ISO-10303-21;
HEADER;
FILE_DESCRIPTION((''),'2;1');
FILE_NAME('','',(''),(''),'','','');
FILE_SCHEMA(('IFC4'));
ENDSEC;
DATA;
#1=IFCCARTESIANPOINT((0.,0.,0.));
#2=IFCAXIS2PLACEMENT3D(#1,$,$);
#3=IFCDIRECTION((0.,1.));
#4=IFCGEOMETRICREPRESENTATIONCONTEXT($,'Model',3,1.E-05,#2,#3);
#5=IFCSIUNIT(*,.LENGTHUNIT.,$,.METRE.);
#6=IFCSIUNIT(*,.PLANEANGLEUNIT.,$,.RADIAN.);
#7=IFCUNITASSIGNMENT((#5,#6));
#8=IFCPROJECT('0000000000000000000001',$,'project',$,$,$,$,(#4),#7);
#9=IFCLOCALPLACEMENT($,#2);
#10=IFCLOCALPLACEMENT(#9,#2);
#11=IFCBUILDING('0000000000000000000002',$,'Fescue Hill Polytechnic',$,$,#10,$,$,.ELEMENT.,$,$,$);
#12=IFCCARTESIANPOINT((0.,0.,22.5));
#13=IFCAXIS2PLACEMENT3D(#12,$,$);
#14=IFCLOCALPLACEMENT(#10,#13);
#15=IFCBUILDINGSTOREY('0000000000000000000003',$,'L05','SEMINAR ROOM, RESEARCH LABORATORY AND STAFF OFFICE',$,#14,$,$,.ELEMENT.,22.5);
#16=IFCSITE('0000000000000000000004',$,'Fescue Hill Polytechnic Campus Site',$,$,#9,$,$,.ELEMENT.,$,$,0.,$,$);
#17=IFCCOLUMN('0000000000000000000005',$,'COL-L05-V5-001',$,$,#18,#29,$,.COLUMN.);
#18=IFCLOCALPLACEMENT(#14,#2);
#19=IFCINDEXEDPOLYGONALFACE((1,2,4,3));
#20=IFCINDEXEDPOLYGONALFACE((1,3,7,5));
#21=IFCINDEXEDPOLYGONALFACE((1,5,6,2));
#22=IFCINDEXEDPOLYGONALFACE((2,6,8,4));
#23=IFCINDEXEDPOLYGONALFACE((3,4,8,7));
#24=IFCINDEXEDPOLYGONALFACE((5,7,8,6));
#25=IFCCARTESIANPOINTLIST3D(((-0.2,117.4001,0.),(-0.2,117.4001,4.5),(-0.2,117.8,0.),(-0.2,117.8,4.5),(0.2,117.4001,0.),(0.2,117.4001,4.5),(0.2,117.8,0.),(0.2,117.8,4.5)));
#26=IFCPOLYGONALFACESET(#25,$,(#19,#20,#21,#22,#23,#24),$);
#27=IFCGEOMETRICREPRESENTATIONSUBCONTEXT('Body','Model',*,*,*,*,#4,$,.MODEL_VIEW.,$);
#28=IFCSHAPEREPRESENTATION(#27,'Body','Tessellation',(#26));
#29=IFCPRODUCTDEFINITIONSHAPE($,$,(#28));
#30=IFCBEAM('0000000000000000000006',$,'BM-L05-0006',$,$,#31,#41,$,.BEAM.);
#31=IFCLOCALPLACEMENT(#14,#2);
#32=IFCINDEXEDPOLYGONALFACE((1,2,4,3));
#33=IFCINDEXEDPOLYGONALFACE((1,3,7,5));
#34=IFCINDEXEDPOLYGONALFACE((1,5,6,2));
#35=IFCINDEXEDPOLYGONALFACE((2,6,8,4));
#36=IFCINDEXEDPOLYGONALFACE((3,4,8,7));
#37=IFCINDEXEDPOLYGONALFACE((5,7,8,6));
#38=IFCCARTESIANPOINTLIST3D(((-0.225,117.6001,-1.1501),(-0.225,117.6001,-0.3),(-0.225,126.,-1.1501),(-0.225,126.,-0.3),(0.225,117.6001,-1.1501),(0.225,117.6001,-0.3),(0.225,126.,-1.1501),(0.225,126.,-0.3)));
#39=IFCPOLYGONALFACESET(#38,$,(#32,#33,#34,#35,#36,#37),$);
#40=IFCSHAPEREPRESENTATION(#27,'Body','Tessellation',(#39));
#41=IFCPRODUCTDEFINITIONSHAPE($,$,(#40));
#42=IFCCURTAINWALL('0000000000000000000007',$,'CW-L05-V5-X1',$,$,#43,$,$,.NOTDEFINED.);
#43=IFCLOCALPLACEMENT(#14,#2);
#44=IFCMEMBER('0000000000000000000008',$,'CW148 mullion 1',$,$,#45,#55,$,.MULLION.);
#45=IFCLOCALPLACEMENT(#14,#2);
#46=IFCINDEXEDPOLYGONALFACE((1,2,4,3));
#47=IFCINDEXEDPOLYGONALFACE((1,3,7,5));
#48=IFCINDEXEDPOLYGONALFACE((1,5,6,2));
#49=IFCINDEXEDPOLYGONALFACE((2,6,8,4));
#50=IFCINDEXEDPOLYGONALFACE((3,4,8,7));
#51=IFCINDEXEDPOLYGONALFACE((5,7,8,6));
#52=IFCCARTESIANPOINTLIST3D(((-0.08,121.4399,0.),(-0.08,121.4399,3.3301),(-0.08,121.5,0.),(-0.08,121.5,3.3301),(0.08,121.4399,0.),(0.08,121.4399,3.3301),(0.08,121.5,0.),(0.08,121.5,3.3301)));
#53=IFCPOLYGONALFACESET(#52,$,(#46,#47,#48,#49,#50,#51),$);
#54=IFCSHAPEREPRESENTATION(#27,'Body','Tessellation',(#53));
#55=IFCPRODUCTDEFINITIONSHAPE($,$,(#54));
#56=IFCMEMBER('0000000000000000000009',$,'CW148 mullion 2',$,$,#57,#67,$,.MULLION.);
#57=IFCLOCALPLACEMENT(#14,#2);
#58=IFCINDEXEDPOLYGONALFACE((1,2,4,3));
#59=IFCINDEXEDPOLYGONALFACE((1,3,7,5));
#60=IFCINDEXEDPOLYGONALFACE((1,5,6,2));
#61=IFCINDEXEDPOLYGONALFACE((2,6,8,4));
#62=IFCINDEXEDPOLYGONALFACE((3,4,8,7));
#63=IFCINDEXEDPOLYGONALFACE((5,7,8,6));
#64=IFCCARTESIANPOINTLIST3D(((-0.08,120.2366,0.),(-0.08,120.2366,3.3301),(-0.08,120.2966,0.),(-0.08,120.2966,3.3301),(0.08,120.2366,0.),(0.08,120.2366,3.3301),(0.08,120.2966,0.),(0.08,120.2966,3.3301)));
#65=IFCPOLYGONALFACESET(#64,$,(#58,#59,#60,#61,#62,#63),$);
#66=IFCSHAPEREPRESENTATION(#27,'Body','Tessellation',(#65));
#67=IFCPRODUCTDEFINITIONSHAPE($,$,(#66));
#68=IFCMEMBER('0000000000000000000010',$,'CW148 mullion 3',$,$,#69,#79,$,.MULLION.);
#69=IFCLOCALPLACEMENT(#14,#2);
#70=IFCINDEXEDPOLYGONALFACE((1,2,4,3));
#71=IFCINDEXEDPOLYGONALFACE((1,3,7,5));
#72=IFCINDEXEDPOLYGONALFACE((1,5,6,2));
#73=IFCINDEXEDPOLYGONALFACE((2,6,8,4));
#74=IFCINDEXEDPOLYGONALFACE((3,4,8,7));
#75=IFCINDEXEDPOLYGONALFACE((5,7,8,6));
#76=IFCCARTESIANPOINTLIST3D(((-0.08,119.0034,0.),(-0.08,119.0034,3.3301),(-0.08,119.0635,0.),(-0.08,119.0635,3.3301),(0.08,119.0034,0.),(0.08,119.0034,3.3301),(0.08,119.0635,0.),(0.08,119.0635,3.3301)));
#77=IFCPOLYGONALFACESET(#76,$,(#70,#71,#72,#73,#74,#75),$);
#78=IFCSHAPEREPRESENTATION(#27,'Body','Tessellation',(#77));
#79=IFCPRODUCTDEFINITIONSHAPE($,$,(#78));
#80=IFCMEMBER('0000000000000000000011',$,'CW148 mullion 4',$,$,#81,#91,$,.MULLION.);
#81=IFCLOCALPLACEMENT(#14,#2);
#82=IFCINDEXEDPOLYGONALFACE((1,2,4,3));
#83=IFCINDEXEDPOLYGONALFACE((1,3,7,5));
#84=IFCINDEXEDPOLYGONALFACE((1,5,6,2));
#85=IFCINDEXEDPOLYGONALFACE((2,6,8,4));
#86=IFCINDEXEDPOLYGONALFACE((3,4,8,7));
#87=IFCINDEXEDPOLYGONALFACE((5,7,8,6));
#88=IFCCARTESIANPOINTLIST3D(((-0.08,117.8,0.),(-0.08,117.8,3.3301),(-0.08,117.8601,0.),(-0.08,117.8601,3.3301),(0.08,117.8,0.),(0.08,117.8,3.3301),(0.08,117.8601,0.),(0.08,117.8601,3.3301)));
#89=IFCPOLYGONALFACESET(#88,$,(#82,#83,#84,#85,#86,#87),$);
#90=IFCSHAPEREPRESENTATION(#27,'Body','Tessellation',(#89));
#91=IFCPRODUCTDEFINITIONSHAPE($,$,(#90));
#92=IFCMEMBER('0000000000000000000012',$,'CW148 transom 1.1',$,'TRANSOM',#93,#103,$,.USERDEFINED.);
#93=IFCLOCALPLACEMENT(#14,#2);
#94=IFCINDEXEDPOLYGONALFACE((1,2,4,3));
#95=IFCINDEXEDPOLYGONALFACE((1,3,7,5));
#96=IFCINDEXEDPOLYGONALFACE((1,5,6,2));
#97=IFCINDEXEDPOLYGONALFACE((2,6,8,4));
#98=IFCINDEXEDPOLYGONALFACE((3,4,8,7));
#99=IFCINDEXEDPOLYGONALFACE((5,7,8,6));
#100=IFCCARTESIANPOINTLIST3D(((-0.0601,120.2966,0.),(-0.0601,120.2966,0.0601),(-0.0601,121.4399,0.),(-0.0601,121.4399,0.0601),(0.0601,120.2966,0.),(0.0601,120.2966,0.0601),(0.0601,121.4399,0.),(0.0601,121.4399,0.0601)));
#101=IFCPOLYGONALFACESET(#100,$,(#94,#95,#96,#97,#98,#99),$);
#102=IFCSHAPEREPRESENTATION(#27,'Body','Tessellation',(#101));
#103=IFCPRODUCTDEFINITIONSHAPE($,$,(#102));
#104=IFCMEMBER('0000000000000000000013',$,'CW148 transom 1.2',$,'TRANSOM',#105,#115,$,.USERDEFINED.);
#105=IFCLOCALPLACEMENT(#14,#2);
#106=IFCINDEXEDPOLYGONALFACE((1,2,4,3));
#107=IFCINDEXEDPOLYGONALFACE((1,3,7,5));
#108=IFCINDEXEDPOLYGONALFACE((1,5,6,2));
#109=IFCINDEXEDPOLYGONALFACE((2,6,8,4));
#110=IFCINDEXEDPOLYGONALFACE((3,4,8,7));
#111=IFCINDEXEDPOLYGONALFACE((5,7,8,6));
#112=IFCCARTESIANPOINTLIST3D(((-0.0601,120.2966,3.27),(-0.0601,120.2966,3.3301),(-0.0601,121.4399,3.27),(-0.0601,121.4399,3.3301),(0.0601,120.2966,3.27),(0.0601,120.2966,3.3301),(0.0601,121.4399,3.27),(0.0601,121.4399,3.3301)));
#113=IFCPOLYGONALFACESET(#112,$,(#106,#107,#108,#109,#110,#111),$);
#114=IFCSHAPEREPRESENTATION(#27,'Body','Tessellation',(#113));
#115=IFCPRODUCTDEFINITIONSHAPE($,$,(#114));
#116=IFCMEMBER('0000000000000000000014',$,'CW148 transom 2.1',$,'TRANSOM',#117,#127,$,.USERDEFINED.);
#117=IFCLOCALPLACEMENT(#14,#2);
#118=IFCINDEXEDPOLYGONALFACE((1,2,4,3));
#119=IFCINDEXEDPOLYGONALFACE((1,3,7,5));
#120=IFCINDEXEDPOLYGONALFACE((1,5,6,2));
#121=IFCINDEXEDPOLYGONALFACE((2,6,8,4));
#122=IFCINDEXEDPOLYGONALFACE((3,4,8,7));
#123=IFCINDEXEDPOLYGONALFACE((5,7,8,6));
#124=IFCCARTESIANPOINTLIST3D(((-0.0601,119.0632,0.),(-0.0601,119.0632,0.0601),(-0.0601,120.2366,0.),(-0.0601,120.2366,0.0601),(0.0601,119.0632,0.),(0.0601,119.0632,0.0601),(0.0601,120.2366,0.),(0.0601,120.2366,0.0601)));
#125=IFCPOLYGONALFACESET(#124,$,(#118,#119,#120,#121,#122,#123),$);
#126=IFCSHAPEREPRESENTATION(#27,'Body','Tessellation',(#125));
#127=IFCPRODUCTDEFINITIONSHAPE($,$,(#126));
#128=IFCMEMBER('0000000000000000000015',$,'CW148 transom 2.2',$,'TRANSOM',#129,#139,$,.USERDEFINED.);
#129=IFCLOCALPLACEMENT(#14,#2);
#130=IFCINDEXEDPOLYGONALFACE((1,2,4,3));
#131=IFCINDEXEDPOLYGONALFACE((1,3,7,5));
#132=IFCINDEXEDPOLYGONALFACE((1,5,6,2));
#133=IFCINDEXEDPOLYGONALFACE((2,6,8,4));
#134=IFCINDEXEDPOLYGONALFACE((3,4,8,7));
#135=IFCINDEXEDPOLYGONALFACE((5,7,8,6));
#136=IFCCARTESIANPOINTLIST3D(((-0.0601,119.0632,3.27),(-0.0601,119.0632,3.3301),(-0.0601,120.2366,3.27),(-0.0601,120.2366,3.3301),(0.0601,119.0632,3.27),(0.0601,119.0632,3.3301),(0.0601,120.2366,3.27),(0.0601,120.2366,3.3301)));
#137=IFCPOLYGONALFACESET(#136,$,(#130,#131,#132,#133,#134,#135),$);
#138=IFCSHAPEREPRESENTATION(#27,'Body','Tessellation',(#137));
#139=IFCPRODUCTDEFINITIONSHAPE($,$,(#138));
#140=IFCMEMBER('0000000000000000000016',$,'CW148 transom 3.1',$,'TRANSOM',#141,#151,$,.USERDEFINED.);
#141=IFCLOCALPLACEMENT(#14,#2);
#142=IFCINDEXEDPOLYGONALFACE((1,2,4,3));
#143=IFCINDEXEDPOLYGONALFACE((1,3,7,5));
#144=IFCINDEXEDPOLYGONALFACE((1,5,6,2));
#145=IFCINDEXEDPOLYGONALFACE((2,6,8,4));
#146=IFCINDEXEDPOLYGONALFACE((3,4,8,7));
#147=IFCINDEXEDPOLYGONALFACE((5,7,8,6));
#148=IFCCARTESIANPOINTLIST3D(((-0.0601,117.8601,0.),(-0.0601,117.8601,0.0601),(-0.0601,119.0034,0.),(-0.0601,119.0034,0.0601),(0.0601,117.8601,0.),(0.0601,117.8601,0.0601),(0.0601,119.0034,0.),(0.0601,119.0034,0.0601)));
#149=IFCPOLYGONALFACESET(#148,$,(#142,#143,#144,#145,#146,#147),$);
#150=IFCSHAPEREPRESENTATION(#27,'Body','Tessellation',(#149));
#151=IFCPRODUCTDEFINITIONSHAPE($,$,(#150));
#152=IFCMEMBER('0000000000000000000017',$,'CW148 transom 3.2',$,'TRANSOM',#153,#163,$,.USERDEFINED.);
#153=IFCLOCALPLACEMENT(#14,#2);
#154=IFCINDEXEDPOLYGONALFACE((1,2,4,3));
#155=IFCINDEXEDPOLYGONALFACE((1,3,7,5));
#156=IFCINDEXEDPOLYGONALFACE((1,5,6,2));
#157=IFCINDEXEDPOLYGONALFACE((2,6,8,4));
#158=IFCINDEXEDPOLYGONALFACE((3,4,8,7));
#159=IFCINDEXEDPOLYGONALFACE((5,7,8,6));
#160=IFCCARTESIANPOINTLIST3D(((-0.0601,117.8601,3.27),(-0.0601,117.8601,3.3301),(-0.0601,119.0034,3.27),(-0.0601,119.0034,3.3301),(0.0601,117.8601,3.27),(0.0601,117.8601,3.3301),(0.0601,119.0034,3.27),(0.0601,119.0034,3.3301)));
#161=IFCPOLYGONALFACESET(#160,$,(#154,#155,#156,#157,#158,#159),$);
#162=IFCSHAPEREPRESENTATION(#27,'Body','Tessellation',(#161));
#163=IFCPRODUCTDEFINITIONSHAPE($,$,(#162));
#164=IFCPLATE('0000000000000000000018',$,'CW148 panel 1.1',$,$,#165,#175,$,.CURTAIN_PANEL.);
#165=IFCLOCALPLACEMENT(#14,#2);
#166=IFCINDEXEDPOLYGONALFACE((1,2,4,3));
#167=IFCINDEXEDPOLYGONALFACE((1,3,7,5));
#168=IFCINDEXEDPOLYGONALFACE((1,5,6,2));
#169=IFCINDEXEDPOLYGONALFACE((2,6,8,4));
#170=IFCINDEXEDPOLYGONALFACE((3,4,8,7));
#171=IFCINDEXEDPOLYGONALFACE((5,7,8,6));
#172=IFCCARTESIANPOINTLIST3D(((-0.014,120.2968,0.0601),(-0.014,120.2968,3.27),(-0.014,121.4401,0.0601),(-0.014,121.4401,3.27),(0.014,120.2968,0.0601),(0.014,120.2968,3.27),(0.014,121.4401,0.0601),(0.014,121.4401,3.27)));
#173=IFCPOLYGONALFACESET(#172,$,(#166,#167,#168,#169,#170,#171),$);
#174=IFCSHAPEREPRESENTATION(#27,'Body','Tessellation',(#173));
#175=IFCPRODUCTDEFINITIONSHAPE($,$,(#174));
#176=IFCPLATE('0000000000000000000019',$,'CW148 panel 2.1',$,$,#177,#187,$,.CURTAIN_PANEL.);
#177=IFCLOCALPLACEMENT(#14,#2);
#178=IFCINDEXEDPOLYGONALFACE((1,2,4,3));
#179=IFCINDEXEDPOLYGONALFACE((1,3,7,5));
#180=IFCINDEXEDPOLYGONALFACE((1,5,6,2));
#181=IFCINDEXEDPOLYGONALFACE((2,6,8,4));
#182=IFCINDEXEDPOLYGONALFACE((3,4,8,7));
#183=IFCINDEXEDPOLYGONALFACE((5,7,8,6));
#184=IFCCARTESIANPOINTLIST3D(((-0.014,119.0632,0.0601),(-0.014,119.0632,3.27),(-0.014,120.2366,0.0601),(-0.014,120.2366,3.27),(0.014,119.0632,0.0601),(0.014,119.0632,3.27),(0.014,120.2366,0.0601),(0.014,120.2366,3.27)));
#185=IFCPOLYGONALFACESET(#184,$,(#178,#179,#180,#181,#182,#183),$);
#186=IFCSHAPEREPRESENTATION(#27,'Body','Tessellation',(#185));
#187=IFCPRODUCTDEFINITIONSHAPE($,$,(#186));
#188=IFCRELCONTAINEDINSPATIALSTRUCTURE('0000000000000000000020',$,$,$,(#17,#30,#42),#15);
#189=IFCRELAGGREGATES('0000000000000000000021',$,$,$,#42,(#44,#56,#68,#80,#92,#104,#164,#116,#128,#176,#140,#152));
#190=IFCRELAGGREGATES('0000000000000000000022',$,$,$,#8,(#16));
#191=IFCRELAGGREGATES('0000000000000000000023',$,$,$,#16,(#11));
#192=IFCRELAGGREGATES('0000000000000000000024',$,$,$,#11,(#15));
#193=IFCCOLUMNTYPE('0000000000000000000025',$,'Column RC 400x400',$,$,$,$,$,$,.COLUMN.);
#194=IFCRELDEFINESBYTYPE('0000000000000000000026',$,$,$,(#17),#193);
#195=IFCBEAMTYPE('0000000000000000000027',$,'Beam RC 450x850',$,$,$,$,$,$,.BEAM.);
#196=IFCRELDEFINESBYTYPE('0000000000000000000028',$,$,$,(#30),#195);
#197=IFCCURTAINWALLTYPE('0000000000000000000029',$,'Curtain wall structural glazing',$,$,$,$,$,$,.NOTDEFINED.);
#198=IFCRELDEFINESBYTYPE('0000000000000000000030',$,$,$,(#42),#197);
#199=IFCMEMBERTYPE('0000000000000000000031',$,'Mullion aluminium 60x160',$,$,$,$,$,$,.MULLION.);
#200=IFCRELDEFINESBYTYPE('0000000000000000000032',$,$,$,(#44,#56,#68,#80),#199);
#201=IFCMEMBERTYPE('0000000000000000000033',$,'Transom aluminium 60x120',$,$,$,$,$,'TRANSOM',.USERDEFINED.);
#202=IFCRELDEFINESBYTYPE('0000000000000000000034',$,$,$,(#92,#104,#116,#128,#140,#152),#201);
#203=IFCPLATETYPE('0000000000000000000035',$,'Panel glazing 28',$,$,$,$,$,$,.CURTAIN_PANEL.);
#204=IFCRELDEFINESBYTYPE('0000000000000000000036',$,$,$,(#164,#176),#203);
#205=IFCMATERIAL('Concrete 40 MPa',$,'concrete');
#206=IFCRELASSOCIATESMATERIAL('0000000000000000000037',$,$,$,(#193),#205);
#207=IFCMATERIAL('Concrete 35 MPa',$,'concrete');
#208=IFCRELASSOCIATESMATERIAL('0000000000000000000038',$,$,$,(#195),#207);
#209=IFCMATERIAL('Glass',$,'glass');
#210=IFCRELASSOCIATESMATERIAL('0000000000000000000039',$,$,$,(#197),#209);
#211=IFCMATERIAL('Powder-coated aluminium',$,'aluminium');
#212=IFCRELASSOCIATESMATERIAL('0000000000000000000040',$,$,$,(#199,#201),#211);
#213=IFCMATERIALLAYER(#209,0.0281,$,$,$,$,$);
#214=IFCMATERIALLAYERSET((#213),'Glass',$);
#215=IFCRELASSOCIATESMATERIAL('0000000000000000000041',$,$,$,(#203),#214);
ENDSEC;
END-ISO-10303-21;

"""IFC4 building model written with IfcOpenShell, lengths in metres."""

from ifc_helpers import new_model, si_unit, direction, frame, origin, origin_2d, place, context, subcontext, project, spatial, rectangle, extrude, material, layer, layer_set, material_profile, profile_set, type_object, element, aggregate, save


model = new_model("IFC4")

# Units and contexts
model_context = context("Model", 3, precision=1e-05, world=origin(), true_north=direction((0.0, 1.0)))
body_context = subcontext(model_context, "Body", "Model", "MODEL_VIEW")
ifc_project = project(units=[si_unit("LENGTHUNIT", "METRE"), si_unit("PLANEANGLEUNIT", "RADIAN")], contexts=[model_context])

# Site, building, storey
site_placement = place(None, origin())
site = spatial("IfcSite", under=ifc_project, at=site_placement, Name="Fescue Hill Polytechnic Campus Site", CompositionType="ELEMENT", RefElevation=0.0)
building_placement = place(site_placement, origin())
building = spatial("IfcBuilding", under=site, at=building_placement, Name="Fescue Hill Polytechnic", CompositionType="ELEMENT")
storey_placement = place(building_placement, frame((0.0, 0.0, 22.5)))
storey = spatial("IfcBuildingStorey", under=building, at=storey_placement, Name="L05", Description="SEMINAR ROOM, RESEARCH LABORATORY AND STAFF OFFICE", CompositionType="ELEMENT", Elevation=22.5)

# Column
ifc_material_1 = material(Name="Concrete 40 MPa", Category="concrete")
ifc_material_profile_1 = material_profile(ifc_material_1, rectangle(XDim=0.3999, YDim=0.3999, at=origin_2d()), Name="RC 400x400")
ifc_profile_set_1 = profile_set([ifc_material_profile_1], Name="Concrete 40 MPa")
column_type = type_object("IfcColumnType", Name="Column RC 400x400", PredefinedType="COLUMN", material=ifc_profile_set_1)
column_placement = place(storey_placement, frame((0.0, 117.6001, 0.0), z_axis=(0.0, 0.0, 1.0), x_axis=(1.0, 0.0, 0.0)))
element("IfcColumn", 1, at=column_placement, inside=storey, type_object=column_type, Name="COL-L05-V5-001", PredefinedType="COLUMN", context=body_context, shape_type="SweptSolid", body=[
    extrude(rectangle(XDim=0.3999, YDim=0.3999, at=origin_2d()), origin(), (0.0, 0.0, 1.0), 4.5),
])

# Beam
ifc_material_2 = material(Name="Concrete 35 MPa", Category="concrete")
ifc_material_profile_2 = material_profile(ifc_material_2, rectangle(XDim=0.45, YDim=0.8501, at=origin_2d()), Name="RC 450x850")
ifc_profile_set_2 = profile_set([ifc_material_profile_2], Name="Concrete 35 MPa")
beam_type = type_object("IfcBeamType", Name="Beam RC 450x850", PredefinedType="BEAM", material=ifc_profile_set_2)
beam_placement = place(storey_placement, frame((0.0, 117.6001, -0.7251), z_axis=(0.0, 1.0, 0.0), x_axis=(-1.0, 0.0, 0.0)))
element("IfcBeam", 2, at=beam_placement, inside=storey, type_object=beam_type, Name="BM-L05-0006", PredefinedType="BEAM", context=body_context, shape_type="SweptSolid", body=[
    extrude(rectangle(XDim=0.45, YDim=0.8501, at=origin_2d()), origin(), (0.0, 0.0, 1.0), 8.3999),
])

# Curtain wall, members, plates
ifc_material_3 = material(Name="Glass", Category="glass")
curtain_wall_type = type_object("IfcCurtainWallType", Name="Curtain wall structural glazing", PredefinedType="NOTDEFINED", material=ifc_material_3)
curtain_wall_placement = place(storey_placement, origin())
curtain_wall = element("IfcCurtainWall", 3, at=curtain_wall_placement, inside=storey, type_object=curtain_wall_type, Name="CW-L05-V5-X1", PredefinedType="NOTDEFINED")
ifc_material_4 = material(Name="Powder-coated aluminium", Category="aluminium")
ifc_material_profile_3 = material_profile(ifc_material_4, rectangle(XDim=0.1599, YDim=0.0601, at=origin_2d()), Name="Mullion aluminium 60x160")
ifc_profile_set_3 = profile_set([ifc_material_profile_3], Name="Powder-coated aluminium")
member_type_1 = type_object("IfcMemberType", Name="Mullion aluminium 60x160", PredefinedType="MULLION", material=ifc_profile_set_3)
member_1_placement = place(storey_placement, frame((0.0, 121.47, 0.0), z_axis=(0.0, 0.0, 1.0), x_axis=(1.0, 0.0, 0.0)))
member_1 = element("IfcMember", 4, at=member_1_placement, type_object=member_type_1, Name="CW148 mullion 1", PredefinedType="MULLION", context=body_context, shape_type="SweptSolid", body=[
    extrude(rectangle(XDim=0.1599, YDim=0.0601, at=origin_2d()), origin(), (0.0, 0.0, 1.0), 3.3301),
])
member_2_placement = place(storey_placement, frame((0.0, 120.2666, 0.0), z_axis=(0.0, 0.0, 1.0), x_axis=(1.0, 0.0, 0.0)))
member_2 = element("IfcMember", 5, at=member_2_placement, type_object=member_type_1, Name="CW148 mullion 2", PredefinedType="MULLION", context=body_context, shape_type="SweptSolid", body=[
    extrude(rectangle(XDim=0.1599, YDim=0.0601, at=origin_2d()), origin(), (0.0, 0.0, 1.0), 3.3301),
])
member_3_placement = place(storey_placement, frame((0.0, 119.0334, 0.0), z_axis=(0.0, 0.0, 1.0), x_axis=(1.0, 0.0, 0.0)))
member_3 = element("IfcMember", 6, at=member_3_placement, type_object=member_type_1, Name="CW148 mullion 3", PredefinedType="MULLION", context=body_context, shape_type="SweptSolid", body=[
    extrude(rectangle(XDim=0.1599, YDim=0.0601, at=origin_2d()), origin(), (0.0, 0.0, 1.0), 3.3301),
])
member_4_placement = place(storey_placement, frame((0.0, 117.8301, 0.0), z_axis=(0.0, 0.0, 1.0), x_axis=(1.0, 0.0, 0.0)))
member_4 = element("IfcMember", 7, at=member_4_placement, type_object=member_type_1, Name="CW148 mullion 4", PredefinedType="MULLION", context=body_context, shape_type="SweptSolid", body=[
    extrude(rectangle(XDim=0.1599, YDim=0.0601, at=origin_2d()), origin(), (0.0, 0.0, 1.0), 3.3301),
])
ifc_material_profile_4 = material_profile(ifc_material_4, rectangle(XDim=0.1201, YDim=0.0601, at=origin_2d()), Name="Transom aluminium 60x120")
ifc_profile_set_4 = profile_set([ifc_material_profile_4], Name="Powder-coated aluminium")
member_type_2 = type_object("IfcMemberType", Name="Transom aluminium 60x120", ElementType="TRANSOM", PredefinedType="USERDEFINED", material=ifc_profile_set_4)
member_5_placement = place(storey_placement, frame((0.0, 121.4399, 0.03), z_axis=(0.0, -1.0, 0.0), x_axis=(1.0, 0.0, 0.0)))
member_5 = element("IfcMember", 8, at=member_5_placement, type_object=member_type_2, Name="CW148 transom 1.1", ObjectType="TRANSOM", PredefinedType="USERDEFINED", context=body_context, shape_type="SweptSolid", body=[
    extrude(rectangle(XDim=0.1201, YDim=0.0601, at=origin_2d()), origin(), (0.0, 0.0, 1.0), 1.1433),
])
member_6_placement = place(storey_placement, frame((0.0, 121.4399, 3.3), z_axis=(0.0, -1.0, 0.0), x_axis=(1.0, 0.0, 0.0)))
member_6 = element("IfcMember", 9, at=member_6_placement, type_object=member_type_2, Name="CW148 transom 1.2", ObjectType="TRANSOM", PredefinedType="USERDEFINED", context=body_context, shape_type="SweptSolid", body=[
    extrude(rectangle(XDim=0.1201, YDim=0.0601, at=origin_2d()), origin(), (0.0, 0.0, 1.0), 1.1433),
])
member_7_placement = place(storey_placement, frame((0.0, 120.2366, 0.03), z_axis=(0.0, -1.0, 0.0), x_axis=(1.0, 0.0, 0.0)))
member_7 = element("IfcMember", 10, at=member_7_placement, type_object=member_type_2, Name="CW148 transom 2.1", ObjectType="TRANSOM", PredefinedType="USERDEFINED", context=body_context, shape_type="SweptSolid", body=[
    extrude(rectangle(XDim=0.1201, YDim=0.0601, at=origin_2d()), origin(), (0.0, 0.0, 1.0), 1.1733),
])
member_8_placement = place(storey_placement, frame((0.0, 120.2366, 3.3), z_axis=(0.0, -1.0, 0.0), x_axis=(1.0, 0.0, 0.0)))
member_8 = element("IfcMember", 11, at=member_8_placement, type_object=member_type_2, Name="CW148 transom 2.2", ObjectType="TRANSOM", PredefinedType="USERDEFINED", context=body_context, shape_type="SweptSolid", body=[
    extrude(rectangle(XDim=0.1201, YDim=0.0601, at=origin_2d()), origin(), (0.0, 0.0, 1.0), 1.1733),
])
member_9_placement = place(storey_placement, frame((0.0, 119.0034, 0.03), z_axis=(0.0, -1.0, 0.0), x_axis=(1.0, 0.0, 0.0)))
member_9 = element("IfcMember", 12, at=member_9_placement, type_object=member_type_2, Name="CW148 transom 3.1", ObjectType="TRANSOM", PredefinedType="USERDEFINED", context=body_context, shape_type="SweptSolid", body=[
    extrude(rectangle(XDim=0.1201, YDim=0.0601, at=origin_2d()), origin(), (0.0, 0.0, 1.0), 1.1433),
])
member_10_placement = place(storey_placement, frame((0.0, 119.0034, 3.3), z_axis=(0.0, -1.0, 0.0), x_axis=(1.0, 0.0, 0.0)))
member_10 = element("IfcMember", 13, at=member_10_placement, type_object=member_type_2, Name="CW148 transom 3.2", ObjectType="TRANSOM", PredefinedType="USERDEFINED", context=body_context, shape_type="SweptSolid", body=[
    extrude(rectangle(XDim=0.1201, YDim=0.0601, at=origin_2d()), origin(), (0.0, 0.0, 1.0), 1.1433),
])
ifc_layer_1 = layer(ifc_material_3, 0.0281)
ifc_layer_set_1 = layer_set([ifc_layer_1], Name="Glass")
plate_type = type_object("IfcPlateType", Name="Panel glazing 28", PredefinedType="CURTAIN_PANEL", material=ifc_layer_set_1)
plate_1_placement = place(storey_placement, frame((0.0, 120.8684, 0.0601), z_axis=(0.0, 0.0, 1.0), x_axis=(0.0, -1.0, 0.0)))
plate_1 = element("IfcPlate", 14, at=plate_1_placement, type_object=plate_type, Name="CW148 panel 1.1", PredefinedType="CURTAIN_PANEL", context=body_context, shape_type="SweptSolid", body=[
    extrude(rectangle(XDim=1.1433, YDim=0.0281, at=origin_2d()), origin(), (0.0, 0.0, 1.0), 3.21),
])
plate_2_placement = place(storey_placement, frame((0.0, 119.6499, 0.0601), z_axis=(0.0, 0.0, 1.0), x_axis=(0.0, -1.0, 0.0)))
plate_2 = element("IfcPlate", 15, at=plate_2_placement, type_object=plate_type, Name="CW148 panel 2.1", PredefinedType="CURTAIN_PANEL", context=body_context, shape_type="SweptSolid", body=[
    extrude(rectangle(XDim=1.1733, YDim=0.0281, at=origin_2d()), origin(), (0.0, 0.0, 1.0), 3.21),
])
aggregate(curtain_wall, [member_1, member_2, member_3, member_4, member_5, member_6, plate_1, member_7, member_8, plate_2, member_9, member_10])

save(model, "model.ifc")
